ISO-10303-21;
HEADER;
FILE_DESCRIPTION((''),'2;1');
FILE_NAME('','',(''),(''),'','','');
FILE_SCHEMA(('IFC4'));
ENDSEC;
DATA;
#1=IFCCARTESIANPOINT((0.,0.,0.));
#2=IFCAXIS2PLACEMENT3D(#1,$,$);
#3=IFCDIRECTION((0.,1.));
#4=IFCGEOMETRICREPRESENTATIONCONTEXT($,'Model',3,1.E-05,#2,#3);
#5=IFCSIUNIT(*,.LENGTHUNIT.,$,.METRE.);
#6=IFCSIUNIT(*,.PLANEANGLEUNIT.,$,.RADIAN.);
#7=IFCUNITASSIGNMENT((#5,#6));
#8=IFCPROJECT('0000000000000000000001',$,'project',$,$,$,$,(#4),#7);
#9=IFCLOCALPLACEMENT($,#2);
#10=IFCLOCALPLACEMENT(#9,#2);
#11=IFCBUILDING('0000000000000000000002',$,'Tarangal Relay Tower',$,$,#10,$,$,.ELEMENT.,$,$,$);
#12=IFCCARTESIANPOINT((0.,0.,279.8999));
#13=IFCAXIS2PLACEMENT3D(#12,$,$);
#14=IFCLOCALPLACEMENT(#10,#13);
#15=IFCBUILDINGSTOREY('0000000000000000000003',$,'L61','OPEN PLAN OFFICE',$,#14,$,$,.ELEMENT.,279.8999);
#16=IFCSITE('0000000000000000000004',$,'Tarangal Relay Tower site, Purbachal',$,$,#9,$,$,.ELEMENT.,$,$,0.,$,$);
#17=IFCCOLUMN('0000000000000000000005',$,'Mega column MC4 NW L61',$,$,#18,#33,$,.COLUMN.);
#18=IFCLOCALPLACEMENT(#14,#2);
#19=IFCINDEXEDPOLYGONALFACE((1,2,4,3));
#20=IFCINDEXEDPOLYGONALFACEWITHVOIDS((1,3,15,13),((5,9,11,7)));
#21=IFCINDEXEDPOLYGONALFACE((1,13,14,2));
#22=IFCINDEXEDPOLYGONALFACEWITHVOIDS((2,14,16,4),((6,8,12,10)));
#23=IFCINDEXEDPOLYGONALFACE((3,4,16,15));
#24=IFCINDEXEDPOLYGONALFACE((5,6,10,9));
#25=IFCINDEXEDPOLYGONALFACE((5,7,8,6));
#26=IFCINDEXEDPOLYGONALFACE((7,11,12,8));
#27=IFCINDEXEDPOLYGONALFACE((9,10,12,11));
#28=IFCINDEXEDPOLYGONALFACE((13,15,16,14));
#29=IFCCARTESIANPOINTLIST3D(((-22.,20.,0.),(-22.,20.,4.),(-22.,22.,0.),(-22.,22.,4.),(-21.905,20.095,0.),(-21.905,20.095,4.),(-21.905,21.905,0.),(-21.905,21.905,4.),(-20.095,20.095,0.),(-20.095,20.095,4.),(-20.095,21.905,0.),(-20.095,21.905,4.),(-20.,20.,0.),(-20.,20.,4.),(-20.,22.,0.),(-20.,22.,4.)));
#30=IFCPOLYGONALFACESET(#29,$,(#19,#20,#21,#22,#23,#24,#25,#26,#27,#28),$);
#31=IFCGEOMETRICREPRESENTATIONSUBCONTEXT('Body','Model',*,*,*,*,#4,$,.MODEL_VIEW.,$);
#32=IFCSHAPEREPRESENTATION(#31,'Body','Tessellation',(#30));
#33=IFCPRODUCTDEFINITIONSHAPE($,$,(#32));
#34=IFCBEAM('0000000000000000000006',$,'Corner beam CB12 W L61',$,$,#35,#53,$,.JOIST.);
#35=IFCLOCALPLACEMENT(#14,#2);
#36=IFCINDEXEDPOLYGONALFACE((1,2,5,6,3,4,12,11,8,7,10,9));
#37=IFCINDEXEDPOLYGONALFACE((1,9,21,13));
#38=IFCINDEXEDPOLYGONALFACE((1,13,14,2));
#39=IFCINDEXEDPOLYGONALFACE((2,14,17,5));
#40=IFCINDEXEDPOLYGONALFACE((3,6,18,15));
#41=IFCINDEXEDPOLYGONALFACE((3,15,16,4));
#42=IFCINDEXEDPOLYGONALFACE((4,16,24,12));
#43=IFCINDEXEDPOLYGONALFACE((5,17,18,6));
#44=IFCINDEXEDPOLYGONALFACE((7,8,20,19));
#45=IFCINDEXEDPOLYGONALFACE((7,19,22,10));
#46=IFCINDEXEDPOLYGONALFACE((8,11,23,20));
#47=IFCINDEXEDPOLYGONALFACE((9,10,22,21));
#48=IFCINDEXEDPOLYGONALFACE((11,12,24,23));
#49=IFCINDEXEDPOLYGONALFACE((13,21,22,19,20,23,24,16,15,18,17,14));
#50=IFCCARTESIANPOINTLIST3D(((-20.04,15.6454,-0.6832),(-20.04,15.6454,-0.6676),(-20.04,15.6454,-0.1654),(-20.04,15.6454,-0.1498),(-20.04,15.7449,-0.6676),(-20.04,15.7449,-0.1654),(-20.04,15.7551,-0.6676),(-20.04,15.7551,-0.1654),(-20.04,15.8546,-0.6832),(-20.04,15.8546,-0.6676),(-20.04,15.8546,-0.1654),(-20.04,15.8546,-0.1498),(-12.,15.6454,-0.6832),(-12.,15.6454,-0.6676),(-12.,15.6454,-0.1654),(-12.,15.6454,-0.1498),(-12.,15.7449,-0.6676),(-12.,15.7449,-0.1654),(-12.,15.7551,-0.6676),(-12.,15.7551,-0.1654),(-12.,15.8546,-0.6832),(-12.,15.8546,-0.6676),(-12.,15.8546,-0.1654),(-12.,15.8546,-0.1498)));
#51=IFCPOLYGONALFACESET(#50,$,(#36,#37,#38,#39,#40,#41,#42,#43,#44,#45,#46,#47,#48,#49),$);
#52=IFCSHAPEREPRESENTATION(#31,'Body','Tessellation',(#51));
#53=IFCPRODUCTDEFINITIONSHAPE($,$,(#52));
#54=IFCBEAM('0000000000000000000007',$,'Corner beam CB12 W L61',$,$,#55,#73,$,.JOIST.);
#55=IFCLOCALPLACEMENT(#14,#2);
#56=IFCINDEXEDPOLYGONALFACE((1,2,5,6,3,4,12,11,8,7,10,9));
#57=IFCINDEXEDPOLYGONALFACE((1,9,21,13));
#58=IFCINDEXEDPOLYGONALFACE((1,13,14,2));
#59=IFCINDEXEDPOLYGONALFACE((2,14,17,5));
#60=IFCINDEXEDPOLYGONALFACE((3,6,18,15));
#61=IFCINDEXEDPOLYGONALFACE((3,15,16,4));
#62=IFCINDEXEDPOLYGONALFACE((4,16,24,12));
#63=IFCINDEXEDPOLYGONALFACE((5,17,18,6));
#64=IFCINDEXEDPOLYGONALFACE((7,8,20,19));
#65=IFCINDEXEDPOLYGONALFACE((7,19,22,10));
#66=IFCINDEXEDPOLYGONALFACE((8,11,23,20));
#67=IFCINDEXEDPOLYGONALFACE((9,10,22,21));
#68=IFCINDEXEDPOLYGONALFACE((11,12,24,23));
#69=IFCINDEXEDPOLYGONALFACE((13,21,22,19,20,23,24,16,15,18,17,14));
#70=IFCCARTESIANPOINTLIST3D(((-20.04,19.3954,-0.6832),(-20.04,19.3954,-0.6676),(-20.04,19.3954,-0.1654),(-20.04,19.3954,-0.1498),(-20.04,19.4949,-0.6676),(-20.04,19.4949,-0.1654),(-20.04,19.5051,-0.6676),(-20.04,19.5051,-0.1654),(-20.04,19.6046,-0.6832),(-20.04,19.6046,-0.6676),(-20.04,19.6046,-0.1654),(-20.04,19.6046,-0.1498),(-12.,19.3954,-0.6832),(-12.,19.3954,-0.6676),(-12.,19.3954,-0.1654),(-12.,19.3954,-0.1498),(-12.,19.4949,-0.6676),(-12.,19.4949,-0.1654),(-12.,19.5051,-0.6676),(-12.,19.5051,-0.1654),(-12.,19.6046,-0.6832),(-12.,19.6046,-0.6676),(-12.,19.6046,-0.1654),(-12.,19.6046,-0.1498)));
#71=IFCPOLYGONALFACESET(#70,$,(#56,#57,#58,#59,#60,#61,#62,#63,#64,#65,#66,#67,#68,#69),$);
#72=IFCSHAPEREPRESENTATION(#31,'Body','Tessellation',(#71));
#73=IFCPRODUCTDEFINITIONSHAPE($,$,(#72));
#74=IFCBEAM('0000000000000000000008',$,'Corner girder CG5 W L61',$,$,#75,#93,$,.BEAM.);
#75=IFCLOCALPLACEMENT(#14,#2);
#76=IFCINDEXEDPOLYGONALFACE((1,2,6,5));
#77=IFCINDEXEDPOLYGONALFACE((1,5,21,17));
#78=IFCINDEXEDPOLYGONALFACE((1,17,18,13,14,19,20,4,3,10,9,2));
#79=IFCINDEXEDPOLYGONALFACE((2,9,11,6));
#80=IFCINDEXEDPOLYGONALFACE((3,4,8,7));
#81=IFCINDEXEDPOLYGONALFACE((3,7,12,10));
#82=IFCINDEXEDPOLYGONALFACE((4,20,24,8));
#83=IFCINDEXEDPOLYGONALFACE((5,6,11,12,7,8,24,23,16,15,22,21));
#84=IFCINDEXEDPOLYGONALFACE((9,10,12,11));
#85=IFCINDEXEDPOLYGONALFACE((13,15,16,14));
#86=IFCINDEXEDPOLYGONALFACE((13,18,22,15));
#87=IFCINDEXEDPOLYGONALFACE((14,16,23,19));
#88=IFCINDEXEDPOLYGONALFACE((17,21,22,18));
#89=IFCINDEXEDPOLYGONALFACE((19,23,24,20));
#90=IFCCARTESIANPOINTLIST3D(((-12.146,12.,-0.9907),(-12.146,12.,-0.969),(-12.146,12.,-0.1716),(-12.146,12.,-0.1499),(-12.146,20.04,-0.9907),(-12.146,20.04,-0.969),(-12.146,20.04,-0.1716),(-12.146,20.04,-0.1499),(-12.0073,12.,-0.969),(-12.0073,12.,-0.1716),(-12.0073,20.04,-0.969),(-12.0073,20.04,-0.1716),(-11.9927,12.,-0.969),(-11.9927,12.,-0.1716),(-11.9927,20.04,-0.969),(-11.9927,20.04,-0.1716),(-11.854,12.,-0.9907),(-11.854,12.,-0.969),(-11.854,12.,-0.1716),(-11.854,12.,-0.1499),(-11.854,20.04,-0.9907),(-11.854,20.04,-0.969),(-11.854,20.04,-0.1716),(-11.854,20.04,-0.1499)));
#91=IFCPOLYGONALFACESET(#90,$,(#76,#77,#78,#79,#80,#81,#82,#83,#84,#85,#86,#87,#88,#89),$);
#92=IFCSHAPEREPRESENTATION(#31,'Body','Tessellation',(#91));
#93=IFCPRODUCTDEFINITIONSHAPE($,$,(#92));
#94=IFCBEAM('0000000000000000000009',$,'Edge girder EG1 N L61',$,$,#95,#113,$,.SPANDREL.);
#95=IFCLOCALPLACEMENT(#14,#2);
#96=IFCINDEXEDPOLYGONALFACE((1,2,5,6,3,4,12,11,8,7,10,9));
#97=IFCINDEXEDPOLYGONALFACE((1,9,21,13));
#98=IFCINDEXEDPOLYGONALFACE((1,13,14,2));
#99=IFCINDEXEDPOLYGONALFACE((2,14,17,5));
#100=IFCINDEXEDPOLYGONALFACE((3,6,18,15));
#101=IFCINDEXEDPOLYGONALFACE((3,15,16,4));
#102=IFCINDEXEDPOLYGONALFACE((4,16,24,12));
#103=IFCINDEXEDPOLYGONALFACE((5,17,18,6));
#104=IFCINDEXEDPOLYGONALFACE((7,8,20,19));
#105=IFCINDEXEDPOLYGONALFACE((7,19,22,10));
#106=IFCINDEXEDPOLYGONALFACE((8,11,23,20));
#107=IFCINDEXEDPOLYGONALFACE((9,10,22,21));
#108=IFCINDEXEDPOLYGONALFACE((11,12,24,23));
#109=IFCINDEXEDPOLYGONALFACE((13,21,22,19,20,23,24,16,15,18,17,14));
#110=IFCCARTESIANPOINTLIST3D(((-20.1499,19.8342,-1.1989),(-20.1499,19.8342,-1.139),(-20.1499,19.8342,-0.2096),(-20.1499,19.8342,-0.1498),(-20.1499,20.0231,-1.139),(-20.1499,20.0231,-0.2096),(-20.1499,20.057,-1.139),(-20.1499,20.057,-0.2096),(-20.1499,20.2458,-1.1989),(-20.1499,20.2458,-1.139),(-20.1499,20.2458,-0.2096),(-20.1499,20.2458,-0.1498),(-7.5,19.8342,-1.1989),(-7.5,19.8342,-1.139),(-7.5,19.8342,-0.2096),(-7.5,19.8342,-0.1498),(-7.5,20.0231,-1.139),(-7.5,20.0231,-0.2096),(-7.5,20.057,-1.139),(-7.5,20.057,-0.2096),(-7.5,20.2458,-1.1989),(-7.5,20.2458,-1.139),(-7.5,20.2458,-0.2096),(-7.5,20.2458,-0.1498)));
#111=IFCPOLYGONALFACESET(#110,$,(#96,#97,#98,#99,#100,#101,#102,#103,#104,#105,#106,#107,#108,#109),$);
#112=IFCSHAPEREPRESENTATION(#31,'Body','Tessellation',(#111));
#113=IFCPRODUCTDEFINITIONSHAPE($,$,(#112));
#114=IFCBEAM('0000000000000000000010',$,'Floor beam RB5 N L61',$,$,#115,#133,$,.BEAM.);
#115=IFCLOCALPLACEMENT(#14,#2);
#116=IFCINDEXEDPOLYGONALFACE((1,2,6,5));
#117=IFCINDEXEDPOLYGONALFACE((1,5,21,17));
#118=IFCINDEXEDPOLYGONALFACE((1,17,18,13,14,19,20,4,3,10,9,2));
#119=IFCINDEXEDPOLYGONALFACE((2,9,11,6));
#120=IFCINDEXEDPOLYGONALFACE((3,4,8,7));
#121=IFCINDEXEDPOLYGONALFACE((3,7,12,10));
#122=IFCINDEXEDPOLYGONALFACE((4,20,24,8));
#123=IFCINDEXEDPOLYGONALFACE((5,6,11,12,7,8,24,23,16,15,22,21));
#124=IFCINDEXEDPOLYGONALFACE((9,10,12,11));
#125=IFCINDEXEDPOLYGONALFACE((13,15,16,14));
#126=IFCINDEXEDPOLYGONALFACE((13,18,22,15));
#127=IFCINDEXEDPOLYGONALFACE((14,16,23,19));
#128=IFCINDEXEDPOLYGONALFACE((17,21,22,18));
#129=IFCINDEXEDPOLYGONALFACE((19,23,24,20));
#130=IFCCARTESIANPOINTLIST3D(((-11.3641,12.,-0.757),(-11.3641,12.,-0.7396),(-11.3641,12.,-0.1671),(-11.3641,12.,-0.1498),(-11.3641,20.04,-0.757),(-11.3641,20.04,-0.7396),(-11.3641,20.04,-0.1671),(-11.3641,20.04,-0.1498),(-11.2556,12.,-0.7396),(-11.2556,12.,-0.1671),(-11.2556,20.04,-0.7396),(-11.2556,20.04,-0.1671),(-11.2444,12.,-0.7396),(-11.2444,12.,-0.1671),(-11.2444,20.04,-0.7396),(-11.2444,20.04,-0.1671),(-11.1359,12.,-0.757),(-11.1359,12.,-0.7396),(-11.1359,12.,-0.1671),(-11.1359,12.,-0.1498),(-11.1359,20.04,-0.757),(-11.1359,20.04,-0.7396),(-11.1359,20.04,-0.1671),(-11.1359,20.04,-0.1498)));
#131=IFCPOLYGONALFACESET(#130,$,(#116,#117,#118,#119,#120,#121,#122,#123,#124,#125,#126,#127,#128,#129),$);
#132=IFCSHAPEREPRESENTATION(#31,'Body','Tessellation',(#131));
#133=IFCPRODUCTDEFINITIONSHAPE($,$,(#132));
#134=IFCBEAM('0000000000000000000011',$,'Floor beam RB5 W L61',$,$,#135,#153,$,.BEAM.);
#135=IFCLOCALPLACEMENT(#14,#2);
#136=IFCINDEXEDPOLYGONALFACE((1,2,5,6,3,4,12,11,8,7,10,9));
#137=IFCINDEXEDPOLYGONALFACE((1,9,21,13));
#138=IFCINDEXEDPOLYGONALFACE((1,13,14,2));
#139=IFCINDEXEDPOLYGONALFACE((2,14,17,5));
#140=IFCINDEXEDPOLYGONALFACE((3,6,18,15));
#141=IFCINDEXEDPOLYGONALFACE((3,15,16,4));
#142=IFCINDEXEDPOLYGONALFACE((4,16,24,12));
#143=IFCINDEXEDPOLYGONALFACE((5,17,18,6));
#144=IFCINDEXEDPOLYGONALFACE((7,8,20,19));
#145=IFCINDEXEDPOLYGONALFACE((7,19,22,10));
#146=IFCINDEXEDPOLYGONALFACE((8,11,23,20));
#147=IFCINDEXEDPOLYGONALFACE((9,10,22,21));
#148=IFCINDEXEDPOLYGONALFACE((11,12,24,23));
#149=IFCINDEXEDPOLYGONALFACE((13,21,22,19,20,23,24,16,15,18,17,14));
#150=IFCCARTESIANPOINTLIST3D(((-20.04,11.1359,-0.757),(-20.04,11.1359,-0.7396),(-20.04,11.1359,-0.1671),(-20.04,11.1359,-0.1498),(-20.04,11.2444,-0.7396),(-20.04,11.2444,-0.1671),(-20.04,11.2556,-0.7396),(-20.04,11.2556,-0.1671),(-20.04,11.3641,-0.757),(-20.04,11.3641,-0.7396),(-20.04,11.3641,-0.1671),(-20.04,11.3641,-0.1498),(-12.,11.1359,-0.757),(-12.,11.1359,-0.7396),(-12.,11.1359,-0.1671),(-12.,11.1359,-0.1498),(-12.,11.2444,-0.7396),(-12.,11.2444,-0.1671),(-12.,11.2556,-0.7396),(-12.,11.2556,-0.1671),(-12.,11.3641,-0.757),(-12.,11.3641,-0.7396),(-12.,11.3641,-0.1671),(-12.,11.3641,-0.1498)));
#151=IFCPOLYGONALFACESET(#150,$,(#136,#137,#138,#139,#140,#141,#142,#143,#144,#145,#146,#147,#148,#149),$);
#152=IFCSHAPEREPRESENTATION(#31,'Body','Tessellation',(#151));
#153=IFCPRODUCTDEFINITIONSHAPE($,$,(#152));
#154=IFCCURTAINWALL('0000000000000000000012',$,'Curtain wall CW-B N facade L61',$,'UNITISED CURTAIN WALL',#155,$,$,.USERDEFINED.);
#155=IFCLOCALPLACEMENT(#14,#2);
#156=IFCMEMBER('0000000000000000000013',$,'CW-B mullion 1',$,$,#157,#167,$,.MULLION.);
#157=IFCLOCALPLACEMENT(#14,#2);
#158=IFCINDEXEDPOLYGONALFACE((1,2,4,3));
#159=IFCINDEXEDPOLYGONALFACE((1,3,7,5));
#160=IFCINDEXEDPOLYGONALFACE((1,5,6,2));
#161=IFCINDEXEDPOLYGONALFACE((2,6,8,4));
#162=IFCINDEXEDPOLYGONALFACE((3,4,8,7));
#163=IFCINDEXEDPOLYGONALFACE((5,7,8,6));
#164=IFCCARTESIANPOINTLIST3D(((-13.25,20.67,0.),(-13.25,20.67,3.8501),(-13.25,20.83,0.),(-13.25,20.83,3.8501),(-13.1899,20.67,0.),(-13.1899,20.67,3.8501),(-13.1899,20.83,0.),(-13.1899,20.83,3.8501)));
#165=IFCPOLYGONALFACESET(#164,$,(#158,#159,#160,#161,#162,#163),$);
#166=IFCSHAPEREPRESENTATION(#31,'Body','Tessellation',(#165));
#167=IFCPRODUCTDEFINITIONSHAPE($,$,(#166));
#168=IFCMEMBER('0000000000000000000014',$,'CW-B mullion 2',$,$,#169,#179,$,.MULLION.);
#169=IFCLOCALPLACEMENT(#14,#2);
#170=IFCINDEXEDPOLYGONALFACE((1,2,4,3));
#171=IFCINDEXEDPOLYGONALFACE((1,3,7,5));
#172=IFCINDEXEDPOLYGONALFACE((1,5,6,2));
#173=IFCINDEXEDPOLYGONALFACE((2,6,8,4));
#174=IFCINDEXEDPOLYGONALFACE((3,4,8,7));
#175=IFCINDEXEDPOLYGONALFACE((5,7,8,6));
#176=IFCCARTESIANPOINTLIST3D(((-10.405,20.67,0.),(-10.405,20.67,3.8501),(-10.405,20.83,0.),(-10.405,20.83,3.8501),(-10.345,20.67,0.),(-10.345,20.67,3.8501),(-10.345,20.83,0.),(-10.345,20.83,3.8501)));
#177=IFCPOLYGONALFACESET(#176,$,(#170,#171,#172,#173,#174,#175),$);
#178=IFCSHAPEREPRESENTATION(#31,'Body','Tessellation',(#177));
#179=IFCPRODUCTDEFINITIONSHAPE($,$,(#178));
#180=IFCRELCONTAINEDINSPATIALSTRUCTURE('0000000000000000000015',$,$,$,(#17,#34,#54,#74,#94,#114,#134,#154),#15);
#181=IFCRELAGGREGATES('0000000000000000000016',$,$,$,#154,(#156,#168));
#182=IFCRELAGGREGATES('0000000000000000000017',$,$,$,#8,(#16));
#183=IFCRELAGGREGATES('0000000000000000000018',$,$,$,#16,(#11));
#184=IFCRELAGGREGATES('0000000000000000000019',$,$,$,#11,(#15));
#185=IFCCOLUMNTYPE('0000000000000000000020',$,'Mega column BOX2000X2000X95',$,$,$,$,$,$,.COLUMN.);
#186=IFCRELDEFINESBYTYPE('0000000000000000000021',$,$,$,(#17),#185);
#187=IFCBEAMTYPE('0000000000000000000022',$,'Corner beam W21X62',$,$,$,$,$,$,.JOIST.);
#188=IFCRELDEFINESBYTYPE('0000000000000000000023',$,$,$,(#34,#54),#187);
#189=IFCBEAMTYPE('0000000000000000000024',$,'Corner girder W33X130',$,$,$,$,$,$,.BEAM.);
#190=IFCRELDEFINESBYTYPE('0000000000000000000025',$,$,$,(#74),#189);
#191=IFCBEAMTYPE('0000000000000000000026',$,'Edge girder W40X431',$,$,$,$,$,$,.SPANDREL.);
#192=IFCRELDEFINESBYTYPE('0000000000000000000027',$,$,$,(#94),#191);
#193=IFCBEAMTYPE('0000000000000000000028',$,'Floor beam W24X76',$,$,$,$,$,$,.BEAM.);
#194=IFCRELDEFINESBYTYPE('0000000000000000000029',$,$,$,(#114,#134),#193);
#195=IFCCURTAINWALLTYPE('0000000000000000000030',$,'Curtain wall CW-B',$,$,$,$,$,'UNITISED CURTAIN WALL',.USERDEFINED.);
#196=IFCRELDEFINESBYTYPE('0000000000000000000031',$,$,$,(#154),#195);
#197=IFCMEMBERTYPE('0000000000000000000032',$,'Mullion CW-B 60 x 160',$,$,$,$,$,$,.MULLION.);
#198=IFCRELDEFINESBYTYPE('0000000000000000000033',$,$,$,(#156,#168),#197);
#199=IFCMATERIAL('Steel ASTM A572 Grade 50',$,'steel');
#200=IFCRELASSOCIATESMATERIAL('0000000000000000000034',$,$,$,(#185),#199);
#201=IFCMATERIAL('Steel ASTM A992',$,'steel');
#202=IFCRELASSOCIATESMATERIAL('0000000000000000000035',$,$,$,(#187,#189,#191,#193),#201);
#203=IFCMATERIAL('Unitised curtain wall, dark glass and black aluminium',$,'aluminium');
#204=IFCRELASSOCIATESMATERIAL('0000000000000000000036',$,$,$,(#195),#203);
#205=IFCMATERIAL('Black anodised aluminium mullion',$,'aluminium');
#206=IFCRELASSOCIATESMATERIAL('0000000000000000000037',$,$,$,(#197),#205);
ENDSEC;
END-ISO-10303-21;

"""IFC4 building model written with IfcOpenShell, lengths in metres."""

from ifc_helpers import new_model, si_unit, direction, frame, origin, origin_2d, place, context, subcontext, project, spatial, rectangle, hollow_rectangle, i_section, extrude, material, material_profile, profile_set, type_object, element, aggregate, save


model = new_model("IFC4")

# Units and contexts
model_context = context("Model", 3, precision=1e-05, world=origin(), true_north=direction((0.0, 1.0)))
body_context = subcontext(model_context, "Body", "Model", "MODEL_VIEW")
ifc_project = project(units=[si_unit("LENGTHUNIT", "METRE"), si_unit("PLANEANGLEUNIT", "RADIAN")], contexts=[model_context])

# Site, building, storey
site_placement = place(None, origin())
site = spatial("IfcSite", under=ifc_project, at=site_placement, Name="Tarangal Relay Tower site, Purbachal", CompositionType="ELEMENT", RefElevation=0.0)
building_placement = place(site_placement, origin())
building = spatial("IfcBuilding", under=site, at=building_placement, Name="Tarangal Relay Tower", CompositionType="ELEMENT")
storey_placement = place(building_placement, frame((0.0, 0.0, 279.8999)))
storey = spatial("IfcBuildingStorey", under=building, at=storey_placement, Name="L61", Description="OPEN PLAN OFFICE", CompositionType="ELEMENT", Elevation=279.8999)

# Column
ifc_material_1 = material(Name="Steel ASTM A572 Grade 50", Category="steel")
ifc_material_profile_1 = material_profile(ifc_material_1, hollow_rectangle(XDim=2.0, YDim=2.0, WallThickness=0.095, at=origin_2d()), Name="BOX2000X2000X95")
ifc_profile_set_1 = profile_set([ifc_material_profile_1], Name="Steel ASTM A572 Grade 50")
column_type = type_object("IfcColumnType", Name="Mega column BOX2000X2000X95", PredefinedType="COLUMN", material=ifc_profile_set_1)
column_placement = place(storey_placement, frame((-21.0, 21.0, 0.0), z_axis=(0.0, 0.0, 1.0), x_axis=(1.0, 0.0, 0.0)))
element("IfcColumn", 1, at=column_placement, inside=storey, type_object=column_type, Name="Mega column MC4 NW L61", PredefinedType="COLUMN", context=body_context, shape_type="SweptSolid", body=[
    extrude(hollow_rectangle(XDim=2.0, YDim=2.0, WallThickness=0.095, at=origin_2d()), origin(), (0.0, 0.0, 1.0), 4.0),
])

# Beams
ifc_material_2 = material(Name="Steel ASTM A992", Category="steel")
ifc_material_profile_2 = material_profile(ifc_material_2, i_section(OverallWidth=0.2092, OverallDepth=0.5334, WebThickness=0.0103, FlangeThickness=0.0156, at=origin_2d()), Name="W21X62")
ifc_profile_set_2 = profile_set([ifc_material_profile_2], Name="Steel ASTM A992")
beam_type_1 = type_object("IfcBeamType", Name="Corner beam W21X62", PredefinedType="JOIST", material=ifc_profile_set_2)
for number, where, z_axis, x_axis, name in (
    (2, (-12.0, 15.75, -0.4165), (-1.0, 0.0, 0.0), (0.0, -1.0, 0.0), "Corner beam CB12 W L61"),
    (3, (-12.0, 19.5, -0.4165), (-1.0, 0.0, 0.0), (0.0, -1.0, 0.0), "Corner beam CB12 W L61"),
):
    element("IfcBeam", number, at=place(storey_placement, frame(where, z_axis=z_axis, x_axis=x_axis)), inside=storey, type_object=beam_type_1, Name=name, PredefinedType="JOIST", context=body_context, shape_type="SweptSolid", body=[
        extrude(i_section(OverallWidth=0.2092, OverallDepth=0.5334, WebThickness=0.0103, FlangeThickness=0.0156, at=origin_2d()), origin(), (0.0, 0.0, 1.0), 8.04),
    ])
ifc_material_profile_3 = material_profile(ifc_material_2, i_section(OverallWidth=0.292, OverallDepth=0.8408, WebThickness=0.0146, FlangeThickness=0.0217, at=origin_2d()), Name="W33X130")
ifc_profile_set_3 = profile_set([ifc_material_profile_3], Name="Steel ASTM A992")
beam_type_2 = type_object("IfcBeamType", Name="Corner girder W33X130", PredefinedType="BEAM", material=ifc_profile_set_3)
beam_1_placement = place(storey_placement, frame((-12.0, 12.0, -0.5703), z_axis=(0.0, 1.0, 0.0), x_axis=(-1.0, 0.0, 0.0)))
element("IfcBeam", 4, at=beam_1_placement, inside=storey, type_object=beam_type_2, Name="Corner girder CG5 W L61", PredefinedType="BEAM", context=body_context, shape_type="SweptSolid", body=[
    extrude(i_section(OverallWidth=0.292, OverallDepth=0.8408, WebThickness=0.0146, FlangeThickness=0.0217, at=origin_2d()), origin(), (0.0, 0.0, 1.0), 8.04),
])
ifc_material_profile_4 = material_profile(ifc_material_2, i_section(OverallWidth=0.4116, OverallDepth=1.0491, WebThickness=0.0339, FlangeThickness=0.0598, at=origin_2d()), Name="W40X431")
ifc_profile_set_4 = profile_set([ifc_material_profile_4], Name="Steel ASTM A992")
beam_type_3 = type_object("IfcBeamType", Name="Edge girder W40X431", PredefinedType="SPANDREL", material=ifc_profile_set_4)
beam_2_placement = place(storey_placement, frame((-20.1499, 20.04, -0.6743), z_axis=(1.0, 0.0, 0.0), x_axis=(0.0, 1.0, 0.0)))
element("IfcBeam", 5, at=beam_2_placement, inside=storey, type_object=beam_type_3, Name="Edge girder EG1 N L61", PredefinedType="SPANDREL", context=body_context, shape_type="SweptSolid", body=[
    extrude(i_section(OverallWidth=0.4116, OverallDepth=1.0491, WebThickness=0.0339, FlangeThickness=0.0598, at=origin_2d()), origin(), (0.0, 0.0, 1.0), 12.6499),
])
ifc_material_profile_5 = material_profile(ifc_material_2, i_section(OverallWidth=0.2283, OverallDepth=0.6072, WebThickness=0.0112, FlangeThickness=0.0173, at=origin_2d()), Name="W24X76")
ifc_profile_set_5 = profile_set([ifc_material_profile_5], Name="Steel ASTM A992")
beam_type_4 = type_object("IfcBeamType", Name="Floor beam W24X76", PredefinedType="BEAM", material=ifc_profile_set_5)
for number, where, z_axis, x_axis, name in (
    (6, (-11.25, 12.0, -0.4534), (0.0, 1.0, 0.0), (-1.0, 0.0, 0.0), "Floor beam RB5 N L61"),
    (7, (-12.0, 11.25, -0.4534), (-1.0, 0.0, 0.0), (0.0, -1.0, 0.0), "Floor beam RB5 W L61"),
):
    element("IfcBeam", number, at=place(storey_placement, frame(where, z_axis=z_axis, x_axis=x_axis)), inside=storey, type_object=beam_type_4, Name=name, PredefinedType="BEAM", context=body_context, shape_type="SweptSolid", body=[
        extrude(i_section(OverallWidth=0.2283, OverallDepth=0.6072, WebThickness=0.0112, FlangeThickness=0.0173, at=origin_2d()), origin(), (0.0, 0.0, 1.0), 8.04),
    ])

# Curtain wall, members
ifc_material_3 = material(Name="Unitised curtain wall, dark glass and black aluminium", Category="aluminium")
curtain_wall_type = type_object("IfcCurtainWallType", Name="Curtain wall CW-B", ElementType="UNITISED CURTAIN WALL", PredefinedType="USERDEFINED", material=ifc_material_3)
curtain_wall_1_placement = place(storey_placement, origin())
curtain_wall_1 = element("IfcCurtainWall", 8, at=curtain_wall_1_placement, inside=storey, type_object=curtain_wall_type, Name="Curtain wall CW-B N facade L61", ObjectType="UNITISED CURTAIN WALL", PredefinedType="USERDEFINED")
ifc_material_4 = material(Name="Black anodised aluminium mullion", Category="aluminium")
ifc_material_profile_6 = material_profile(ifc_material_4, rectangle(XDim=0.1599, YDim=0.0601, at=origin_2d()), Name="CW-BM 60X160")
ifc_profile_set_6 = profile_set([ifc_material_profile_6], Name="Black anodised aluminium mullion")
member_type_1 = type_object("IfcMemberType", Name="Mullion CW-B 60 x 160", PredefinedType="MULLION", material=ifc_profile_set_6)
member_1_placement = place(storey_placement, frame((-13.22, 20.75, 0.0), z_axis=(0.0, 0.0, 1.0), x_axis=(0.0, 1.0, 0.0)))
member_1 = element("IfcMember", 9, at=member_1_placement, type_object=member_type_1, Name="CW-B mullion 1", PredefinedType="MULLION", context=body_context, shape_type="SweptSolid", body=[
    extrude(rectangle(XDim=0.1599, YDim=0.0601, at=origin_2d()), origin(), (0.0, 0.0, 1.0), 3.8501),
])
member_2_placement = place(storey_placement, frame((-10.375, 20.75, 0.0), z_axis=(0.0, 0.0, 1.0), x_axis=(0.0, 1.0, 0.0)))
member_2 = element("IfcMember", 10, at=member_2_placement, type_object=member_type_1, Name="CW-B mullion 2", PredefinedType="MULLION", context=body_context, shape_type="SweptSolid", body=[
    extrude(rectangle(XDim=0.1599, YDim=0.0601, at=origin_2d()), origin(), (0.0, 0.0, 1.0), 3.8501),
])

aggregate(curtain_wall_1, [member_1, member_2])

save(model, "model.ifc")
